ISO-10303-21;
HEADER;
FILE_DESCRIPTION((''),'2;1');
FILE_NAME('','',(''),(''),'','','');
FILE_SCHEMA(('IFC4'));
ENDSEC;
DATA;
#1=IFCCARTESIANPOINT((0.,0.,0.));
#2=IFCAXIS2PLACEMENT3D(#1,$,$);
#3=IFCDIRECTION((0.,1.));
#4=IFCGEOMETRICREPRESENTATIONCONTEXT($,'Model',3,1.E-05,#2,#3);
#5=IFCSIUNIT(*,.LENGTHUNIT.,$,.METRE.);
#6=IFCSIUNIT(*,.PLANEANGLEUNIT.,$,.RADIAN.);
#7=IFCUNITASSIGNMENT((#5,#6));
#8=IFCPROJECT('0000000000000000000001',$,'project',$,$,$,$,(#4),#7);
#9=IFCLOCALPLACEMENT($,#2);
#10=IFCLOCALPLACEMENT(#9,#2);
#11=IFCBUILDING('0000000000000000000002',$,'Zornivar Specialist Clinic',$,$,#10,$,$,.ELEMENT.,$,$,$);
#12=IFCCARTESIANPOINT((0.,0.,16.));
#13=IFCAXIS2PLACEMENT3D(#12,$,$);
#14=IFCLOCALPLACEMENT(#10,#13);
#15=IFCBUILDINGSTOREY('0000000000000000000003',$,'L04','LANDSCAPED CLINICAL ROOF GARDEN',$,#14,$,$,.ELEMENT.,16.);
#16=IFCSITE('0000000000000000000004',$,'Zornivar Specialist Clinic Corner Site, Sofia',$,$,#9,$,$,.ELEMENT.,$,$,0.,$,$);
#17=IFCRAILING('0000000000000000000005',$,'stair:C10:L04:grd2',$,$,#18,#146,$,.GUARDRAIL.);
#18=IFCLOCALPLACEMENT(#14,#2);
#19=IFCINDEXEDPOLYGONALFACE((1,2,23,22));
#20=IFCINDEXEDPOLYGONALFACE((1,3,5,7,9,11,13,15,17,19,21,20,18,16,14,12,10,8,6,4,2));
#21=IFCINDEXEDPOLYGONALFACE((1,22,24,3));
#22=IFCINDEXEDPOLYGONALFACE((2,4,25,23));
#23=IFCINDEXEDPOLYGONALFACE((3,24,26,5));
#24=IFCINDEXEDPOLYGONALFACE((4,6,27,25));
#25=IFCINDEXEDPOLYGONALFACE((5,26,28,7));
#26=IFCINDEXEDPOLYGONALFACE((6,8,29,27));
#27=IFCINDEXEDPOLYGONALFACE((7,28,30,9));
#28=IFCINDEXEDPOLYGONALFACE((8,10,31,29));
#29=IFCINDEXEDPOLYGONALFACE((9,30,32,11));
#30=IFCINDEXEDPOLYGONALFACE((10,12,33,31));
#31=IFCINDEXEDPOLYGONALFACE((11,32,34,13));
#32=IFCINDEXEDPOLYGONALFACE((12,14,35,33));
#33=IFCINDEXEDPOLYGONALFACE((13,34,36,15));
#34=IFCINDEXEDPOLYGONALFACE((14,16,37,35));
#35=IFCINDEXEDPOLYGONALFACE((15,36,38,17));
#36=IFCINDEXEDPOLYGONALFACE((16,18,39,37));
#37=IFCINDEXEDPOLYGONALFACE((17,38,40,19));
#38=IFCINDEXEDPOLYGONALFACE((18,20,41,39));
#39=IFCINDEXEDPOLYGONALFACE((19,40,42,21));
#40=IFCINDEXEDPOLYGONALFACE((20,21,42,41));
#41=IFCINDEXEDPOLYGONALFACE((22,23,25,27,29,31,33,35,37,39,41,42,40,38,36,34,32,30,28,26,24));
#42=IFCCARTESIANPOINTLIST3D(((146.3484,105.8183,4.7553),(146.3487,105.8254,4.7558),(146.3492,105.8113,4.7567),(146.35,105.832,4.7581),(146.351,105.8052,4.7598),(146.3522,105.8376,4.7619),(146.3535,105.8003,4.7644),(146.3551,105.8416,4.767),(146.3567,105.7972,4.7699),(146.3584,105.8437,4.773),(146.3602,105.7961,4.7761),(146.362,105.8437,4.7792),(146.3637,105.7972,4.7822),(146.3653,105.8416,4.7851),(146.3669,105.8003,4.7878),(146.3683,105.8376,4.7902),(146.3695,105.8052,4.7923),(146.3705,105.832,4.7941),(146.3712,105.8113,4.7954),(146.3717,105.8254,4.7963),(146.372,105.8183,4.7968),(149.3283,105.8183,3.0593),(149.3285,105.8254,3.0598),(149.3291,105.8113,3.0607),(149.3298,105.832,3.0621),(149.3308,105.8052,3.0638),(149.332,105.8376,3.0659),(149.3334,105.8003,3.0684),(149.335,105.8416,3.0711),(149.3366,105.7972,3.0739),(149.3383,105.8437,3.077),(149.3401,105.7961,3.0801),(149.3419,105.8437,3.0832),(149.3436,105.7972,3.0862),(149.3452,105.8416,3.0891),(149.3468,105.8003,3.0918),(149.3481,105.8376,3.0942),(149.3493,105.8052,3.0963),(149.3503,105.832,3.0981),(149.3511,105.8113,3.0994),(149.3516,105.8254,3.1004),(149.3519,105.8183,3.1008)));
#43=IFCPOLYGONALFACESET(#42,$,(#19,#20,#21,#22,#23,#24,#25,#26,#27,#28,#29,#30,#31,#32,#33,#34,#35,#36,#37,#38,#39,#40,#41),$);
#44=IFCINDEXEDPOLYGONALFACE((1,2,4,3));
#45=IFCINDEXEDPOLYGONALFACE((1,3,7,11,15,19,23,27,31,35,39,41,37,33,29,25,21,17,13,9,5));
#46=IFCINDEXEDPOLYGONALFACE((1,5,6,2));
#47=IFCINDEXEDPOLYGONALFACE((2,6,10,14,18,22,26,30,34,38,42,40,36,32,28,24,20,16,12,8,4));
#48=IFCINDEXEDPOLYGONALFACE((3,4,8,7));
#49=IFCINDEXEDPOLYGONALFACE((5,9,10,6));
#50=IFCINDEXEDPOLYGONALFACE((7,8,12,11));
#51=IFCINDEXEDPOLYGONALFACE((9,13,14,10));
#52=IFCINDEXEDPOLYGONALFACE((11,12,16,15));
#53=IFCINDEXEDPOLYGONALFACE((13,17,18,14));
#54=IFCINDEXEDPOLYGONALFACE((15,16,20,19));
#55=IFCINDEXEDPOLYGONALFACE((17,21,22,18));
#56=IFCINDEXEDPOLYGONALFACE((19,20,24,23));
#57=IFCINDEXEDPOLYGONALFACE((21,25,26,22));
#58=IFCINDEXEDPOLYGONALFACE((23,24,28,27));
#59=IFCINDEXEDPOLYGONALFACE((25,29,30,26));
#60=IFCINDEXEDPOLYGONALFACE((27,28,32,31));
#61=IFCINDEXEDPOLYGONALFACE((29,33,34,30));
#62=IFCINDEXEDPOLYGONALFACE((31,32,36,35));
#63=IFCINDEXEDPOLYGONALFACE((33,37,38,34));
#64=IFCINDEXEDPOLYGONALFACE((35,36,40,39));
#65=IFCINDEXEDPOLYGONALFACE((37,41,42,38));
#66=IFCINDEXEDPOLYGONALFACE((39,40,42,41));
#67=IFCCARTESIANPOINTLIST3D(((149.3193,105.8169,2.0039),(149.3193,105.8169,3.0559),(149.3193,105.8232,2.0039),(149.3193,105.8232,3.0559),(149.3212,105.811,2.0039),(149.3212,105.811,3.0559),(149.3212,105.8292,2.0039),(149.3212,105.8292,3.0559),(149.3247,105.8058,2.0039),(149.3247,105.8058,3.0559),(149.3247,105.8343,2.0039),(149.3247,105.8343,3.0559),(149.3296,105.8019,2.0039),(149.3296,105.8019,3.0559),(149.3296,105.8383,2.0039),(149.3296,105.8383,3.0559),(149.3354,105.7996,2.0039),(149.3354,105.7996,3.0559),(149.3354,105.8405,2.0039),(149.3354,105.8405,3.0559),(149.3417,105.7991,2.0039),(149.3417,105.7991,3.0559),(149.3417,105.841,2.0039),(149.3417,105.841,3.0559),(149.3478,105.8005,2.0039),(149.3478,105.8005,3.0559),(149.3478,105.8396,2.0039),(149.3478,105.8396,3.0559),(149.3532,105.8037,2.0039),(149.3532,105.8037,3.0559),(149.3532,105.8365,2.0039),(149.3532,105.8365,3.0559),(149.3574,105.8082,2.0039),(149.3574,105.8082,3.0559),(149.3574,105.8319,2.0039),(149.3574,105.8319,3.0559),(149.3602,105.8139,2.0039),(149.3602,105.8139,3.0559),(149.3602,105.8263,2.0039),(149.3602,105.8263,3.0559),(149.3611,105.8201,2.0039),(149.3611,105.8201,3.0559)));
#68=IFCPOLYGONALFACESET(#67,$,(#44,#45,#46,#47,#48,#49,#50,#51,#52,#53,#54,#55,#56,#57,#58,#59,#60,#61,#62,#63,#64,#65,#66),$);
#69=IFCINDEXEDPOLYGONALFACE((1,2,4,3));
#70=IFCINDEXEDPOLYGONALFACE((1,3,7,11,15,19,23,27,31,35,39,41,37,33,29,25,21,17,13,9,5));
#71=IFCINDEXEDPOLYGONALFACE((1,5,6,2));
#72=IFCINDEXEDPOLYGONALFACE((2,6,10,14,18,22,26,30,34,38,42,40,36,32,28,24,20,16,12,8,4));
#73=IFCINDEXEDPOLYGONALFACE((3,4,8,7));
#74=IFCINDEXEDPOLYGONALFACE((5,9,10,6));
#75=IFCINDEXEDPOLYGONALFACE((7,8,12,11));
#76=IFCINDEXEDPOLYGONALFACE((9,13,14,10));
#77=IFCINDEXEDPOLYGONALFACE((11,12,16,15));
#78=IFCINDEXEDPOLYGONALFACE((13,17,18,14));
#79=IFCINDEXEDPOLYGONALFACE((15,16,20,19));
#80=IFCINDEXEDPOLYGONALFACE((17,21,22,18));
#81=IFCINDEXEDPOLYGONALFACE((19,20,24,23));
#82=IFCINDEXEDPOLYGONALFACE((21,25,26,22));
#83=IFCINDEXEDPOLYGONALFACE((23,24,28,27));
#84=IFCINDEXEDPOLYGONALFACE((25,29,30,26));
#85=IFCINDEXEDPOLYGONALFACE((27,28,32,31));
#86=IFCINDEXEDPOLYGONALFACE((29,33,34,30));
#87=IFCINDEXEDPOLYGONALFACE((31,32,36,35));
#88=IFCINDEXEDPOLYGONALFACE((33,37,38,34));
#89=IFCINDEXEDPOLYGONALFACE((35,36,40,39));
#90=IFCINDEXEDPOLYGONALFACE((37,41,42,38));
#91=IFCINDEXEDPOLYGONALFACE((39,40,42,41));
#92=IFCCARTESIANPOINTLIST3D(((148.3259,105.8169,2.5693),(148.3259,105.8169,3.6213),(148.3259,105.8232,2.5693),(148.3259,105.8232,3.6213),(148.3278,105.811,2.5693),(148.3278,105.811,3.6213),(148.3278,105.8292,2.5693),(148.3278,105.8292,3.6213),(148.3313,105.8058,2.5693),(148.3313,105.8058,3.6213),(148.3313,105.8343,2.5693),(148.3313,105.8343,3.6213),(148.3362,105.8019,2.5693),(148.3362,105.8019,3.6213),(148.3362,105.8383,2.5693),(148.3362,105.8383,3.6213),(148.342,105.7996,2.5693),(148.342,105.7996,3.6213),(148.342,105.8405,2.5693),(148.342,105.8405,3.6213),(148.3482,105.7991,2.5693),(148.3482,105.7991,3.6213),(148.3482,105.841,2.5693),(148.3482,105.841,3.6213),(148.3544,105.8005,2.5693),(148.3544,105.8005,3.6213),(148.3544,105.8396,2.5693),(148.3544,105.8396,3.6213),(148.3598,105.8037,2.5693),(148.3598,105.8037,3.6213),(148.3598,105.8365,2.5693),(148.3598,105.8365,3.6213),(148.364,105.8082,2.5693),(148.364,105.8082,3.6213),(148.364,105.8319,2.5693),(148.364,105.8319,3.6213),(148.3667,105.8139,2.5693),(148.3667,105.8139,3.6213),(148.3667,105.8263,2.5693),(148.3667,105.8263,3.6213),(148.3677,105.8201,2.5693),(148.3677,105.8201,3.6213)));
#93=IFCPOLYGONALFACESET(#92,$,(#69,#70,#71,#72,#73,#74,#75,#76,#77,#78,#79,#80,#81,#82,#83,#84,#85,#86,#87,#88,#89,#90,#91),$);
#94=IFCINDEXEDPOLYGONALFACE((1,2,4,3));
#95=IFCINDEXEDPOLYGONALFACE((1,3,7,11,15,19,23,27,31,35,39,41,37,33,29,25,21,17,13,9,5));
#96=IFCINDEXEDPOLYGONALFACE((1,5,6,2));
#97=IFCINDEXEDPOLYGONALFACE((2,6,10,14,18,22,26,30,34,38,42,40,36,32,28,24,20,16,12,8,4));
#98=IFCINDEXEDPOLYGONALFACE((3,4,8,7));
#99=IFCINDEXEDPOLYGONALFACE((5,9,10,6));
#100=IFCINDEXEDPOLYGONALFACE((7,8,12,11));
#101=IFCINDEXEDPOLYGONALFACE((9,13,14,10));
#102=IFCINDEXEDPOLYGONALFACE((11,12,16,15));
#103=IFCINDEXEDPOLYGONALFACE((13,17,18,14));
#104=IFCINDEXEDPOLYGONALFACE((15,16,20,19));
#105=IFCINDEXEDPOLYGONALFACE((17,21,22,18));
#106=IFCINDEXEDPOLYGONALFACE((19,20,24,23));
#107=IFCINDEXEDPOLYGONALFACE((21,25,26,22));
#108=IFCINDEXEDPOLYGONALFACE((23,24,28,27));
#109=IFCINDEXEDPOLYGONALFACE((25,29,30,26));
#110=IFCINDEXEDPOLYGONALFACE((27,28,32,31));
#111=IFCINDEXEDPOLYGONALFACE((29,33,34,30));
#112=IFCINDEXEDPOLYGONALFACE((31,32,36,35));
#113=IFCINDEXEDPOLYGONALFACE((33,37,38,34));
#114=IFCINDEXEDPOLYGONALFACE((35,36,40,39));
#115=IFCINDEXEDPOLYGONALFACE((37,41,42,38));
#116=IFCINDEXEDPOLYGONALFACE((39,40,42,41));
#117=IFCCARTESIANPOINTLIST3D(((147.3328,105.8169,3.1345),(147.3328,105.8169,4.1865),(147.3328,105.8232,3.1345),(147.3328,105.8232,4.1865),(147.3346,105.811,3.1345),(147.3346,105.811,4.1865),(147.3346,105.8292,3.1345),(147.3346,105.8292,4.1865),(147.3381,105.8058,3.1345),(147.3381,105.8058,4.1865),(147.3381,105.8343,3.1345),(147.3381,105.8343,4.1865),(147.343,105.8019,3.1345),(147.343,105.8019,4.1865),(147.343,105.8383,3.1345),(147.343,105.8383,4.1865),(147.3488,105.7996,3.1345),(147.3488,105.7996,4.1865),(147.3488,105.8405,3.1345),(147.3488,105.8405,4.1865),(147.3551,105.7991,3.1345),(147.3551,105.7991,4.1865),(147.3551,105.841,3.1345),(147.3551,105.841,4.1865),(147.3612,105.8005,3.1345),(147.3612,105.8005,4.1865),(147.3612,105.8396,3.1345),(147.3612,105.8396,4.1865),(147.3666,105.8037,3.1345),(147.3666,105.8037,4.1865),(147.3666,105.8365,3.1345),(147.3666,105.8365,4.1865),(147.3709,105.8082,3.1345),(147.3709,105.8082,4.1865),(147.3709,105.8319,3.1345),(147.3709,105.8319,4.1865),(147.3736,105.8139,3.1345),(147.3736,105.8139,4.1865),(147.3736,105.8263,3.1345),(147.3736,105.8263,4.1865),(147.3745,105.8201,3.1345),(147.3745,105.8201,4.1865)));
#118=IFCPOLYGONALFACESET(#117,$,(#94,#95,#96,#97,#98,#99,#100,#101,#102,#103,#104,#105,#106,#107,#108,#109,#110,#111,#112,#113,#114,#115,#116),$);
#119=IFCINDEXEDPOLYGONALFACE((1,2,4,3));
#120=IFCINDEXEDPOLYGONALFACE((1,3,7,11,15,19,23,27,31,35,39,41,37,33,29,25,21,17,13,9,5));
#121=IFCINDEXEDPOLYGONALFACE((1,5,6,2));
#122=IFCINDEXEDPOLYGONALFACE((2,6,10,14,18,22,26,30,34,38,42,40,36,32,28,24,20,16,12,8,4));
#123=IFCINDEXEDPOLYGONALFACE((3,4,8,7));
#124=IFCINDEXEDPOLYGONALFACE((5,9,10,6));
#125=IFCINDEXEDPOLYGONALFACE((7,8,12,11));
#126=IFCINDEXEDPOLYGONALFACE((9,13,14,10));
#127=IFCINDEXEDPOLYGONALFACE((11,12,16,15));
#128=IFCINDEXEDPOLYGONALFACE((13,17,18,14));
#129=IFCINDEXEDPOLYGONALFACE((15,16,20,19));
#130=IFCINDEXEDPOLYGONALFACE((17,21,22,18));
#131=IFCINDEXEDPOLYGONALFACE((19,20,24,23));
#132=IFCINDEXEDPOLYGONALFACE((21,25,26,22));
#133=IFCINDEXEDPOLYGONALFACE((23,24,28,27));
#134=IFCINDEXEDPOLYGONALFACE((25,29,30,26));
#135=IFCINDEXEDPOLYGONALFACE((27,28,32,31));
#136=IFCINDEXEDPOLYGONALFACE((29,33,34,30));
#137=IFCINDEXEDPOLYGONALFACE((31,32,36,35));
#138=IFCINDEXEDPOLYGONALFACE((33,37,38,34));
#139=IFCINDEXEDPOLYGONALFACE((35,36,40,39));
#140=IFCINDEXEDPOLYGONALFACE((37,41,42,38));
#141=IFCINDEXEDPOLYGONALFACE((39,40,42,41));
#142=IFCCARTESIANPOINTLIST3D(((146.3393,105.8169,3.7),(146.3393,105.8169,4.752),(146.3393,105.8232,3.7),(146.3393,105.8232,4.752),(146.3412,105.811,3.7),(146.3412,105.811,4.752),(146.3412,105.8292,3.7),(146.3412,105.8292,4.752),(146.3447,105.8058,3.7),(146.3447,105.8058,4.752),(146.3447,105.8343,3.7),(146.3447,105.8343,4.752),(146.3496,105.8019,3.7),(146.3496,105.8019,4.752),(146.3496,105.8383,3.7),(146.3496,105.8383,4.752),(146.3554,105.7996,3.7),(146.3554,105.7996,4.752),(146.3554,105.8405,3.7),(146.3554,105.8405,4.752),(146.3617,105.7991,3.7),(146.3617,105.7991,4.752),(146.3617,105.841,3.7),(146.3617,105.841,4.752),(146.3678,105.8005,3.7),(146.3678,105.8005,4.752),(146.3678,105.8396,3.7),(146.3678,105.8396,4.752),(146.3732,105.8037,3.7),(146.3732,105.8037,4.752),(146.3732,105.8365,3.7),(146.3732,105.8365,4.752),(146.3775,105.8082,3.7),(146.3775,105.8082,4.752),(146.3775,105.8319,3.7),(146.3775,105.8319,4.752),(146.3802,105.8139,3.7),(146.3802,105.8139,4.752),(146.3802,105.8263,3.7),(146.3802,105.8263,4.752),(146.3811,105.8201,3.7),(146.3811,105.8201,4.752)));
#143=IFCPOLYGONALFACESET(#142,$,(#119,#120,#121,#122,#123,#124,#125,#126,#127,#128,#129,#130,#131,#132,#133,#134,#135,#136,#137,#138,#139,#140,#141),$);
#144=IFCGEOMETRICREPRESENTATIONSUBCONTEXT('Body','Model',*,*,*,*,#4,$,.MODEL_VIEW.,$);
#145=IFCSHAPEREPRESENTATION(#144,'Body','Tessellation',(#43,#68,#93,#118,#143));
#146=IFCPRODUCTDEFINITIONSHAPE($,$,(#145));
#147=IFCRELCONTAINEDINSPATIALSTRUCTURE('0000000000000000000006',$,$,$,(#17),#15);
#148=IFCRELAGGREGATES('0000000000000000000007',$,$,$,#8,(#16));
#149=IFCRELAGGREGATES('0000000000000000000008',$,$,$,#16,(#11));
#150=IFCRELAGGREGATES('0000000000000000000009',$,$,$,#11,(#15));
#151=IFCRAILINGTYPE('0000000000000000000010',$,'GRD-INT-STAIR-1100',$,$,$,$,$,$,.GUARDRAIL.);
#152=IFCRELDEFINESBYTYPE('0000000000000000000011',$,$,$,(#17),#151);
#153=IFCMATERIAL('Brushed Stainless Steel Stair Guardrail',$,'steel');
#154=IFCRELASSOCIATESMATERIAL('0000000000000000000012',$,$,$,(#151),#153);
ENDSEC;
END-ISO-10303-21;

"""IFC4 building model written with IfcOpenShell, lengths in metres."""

from ifc_helpers import new_model, si_unit, direction, frame, origin, origin_2d, place, context, subcontext, project, spatial, circle, extrude, material, type_object, element, save


model = new_model("IFC4")

# Units and contexts
model_context = context("Model", 3, precision=1e-05, world=origin(), true_north=direction((0.0, 1.0)))
body_context = subcontext(model_context, "Body", "Model", "MODEL_VIEW")
ifc_project = project(units=[si_unit("LENGTHUNIT", "METRE"), si_unit("PLANEANGLEUNIT", "RADIAN")], contexts=[model_context])

# Site, building, storey
site_placement = place(None, origin())
site = spatial("IfcSite", under=ifc_project, at=site_placement, Name="Zornivar Specialist Clinic Corner Site, Sofia", CompositionType="ELEMENT", RefElevation=0.0)
building_placement = place(site_placement, origin())
building = spatial("IfcBuilding", under=site, at=building_placement, Name="Zornivar Specialist Clinic", CompositionType="ELEMENT")
storey_placement = place(building_placement, frame((0.0, 0.0, 16.0)))
storey = spatial("IfcBuildingStorey", under=building, at=storey_placement, Name="L04", Description="LANDSCAPED CLINICAL ROOF GARDEN", CompositionType="ELEMENT", Elevation=16.0)

# Railing
ifc_material_1 = material(Name="Brushed Stainless Steel Stair Guardrail", Category="steel")
railing_type_1 = type_object("IfcRailingType", Name="GRD-INT-STAIR-1100", PredefinedType="GUARDRAIL", material=ifc_material_1)
railing_1_placement = place(storey_placement, frame((149.3401, 105.8201, 2.0039)))
element("IfcRailing", 1, at=railing_1_placement, inside=storey, type_object=railing_type_1, Name="stair:C10:L04:grd2", PredefinedType="GUARDRAIL", context=body_context, shape_type="SweptSolid", body=[
    extrude(circle(Radius=0.0239, at=origin_2d()), frame((0.0, 0.0, 1.0762), z_axis=(-0.869096, 0.0, 0.494643), x_axis=(0.0, -1.0, 0.0)), (0.0, 0.0, 1.0), 3.4287),
    extrude(circle(Radius=0.021, at=origin_2d()), origin(), (0.0, 0.0, 1.0), 1.052),
    extrude(circle(Radius=0.021, at=origin_2d()), frame((-0.9934, 0.0, 0.5654)), (0.0, 0.0, 1.0), 1.052),
    extrude(circle(Radius=0.021, at=origin_2d()), frame((-1.9866, 0.0, 1.1306)), (0.0, 0.0, 1.0), 1.052),
    extrude(circle(Radius=0.021, at=origin_2d()), frame((-2.98, 0.0, 1.696)), (0.0, 0.0, 1.0), 1.052),
])

save(model, "model.ifc")
